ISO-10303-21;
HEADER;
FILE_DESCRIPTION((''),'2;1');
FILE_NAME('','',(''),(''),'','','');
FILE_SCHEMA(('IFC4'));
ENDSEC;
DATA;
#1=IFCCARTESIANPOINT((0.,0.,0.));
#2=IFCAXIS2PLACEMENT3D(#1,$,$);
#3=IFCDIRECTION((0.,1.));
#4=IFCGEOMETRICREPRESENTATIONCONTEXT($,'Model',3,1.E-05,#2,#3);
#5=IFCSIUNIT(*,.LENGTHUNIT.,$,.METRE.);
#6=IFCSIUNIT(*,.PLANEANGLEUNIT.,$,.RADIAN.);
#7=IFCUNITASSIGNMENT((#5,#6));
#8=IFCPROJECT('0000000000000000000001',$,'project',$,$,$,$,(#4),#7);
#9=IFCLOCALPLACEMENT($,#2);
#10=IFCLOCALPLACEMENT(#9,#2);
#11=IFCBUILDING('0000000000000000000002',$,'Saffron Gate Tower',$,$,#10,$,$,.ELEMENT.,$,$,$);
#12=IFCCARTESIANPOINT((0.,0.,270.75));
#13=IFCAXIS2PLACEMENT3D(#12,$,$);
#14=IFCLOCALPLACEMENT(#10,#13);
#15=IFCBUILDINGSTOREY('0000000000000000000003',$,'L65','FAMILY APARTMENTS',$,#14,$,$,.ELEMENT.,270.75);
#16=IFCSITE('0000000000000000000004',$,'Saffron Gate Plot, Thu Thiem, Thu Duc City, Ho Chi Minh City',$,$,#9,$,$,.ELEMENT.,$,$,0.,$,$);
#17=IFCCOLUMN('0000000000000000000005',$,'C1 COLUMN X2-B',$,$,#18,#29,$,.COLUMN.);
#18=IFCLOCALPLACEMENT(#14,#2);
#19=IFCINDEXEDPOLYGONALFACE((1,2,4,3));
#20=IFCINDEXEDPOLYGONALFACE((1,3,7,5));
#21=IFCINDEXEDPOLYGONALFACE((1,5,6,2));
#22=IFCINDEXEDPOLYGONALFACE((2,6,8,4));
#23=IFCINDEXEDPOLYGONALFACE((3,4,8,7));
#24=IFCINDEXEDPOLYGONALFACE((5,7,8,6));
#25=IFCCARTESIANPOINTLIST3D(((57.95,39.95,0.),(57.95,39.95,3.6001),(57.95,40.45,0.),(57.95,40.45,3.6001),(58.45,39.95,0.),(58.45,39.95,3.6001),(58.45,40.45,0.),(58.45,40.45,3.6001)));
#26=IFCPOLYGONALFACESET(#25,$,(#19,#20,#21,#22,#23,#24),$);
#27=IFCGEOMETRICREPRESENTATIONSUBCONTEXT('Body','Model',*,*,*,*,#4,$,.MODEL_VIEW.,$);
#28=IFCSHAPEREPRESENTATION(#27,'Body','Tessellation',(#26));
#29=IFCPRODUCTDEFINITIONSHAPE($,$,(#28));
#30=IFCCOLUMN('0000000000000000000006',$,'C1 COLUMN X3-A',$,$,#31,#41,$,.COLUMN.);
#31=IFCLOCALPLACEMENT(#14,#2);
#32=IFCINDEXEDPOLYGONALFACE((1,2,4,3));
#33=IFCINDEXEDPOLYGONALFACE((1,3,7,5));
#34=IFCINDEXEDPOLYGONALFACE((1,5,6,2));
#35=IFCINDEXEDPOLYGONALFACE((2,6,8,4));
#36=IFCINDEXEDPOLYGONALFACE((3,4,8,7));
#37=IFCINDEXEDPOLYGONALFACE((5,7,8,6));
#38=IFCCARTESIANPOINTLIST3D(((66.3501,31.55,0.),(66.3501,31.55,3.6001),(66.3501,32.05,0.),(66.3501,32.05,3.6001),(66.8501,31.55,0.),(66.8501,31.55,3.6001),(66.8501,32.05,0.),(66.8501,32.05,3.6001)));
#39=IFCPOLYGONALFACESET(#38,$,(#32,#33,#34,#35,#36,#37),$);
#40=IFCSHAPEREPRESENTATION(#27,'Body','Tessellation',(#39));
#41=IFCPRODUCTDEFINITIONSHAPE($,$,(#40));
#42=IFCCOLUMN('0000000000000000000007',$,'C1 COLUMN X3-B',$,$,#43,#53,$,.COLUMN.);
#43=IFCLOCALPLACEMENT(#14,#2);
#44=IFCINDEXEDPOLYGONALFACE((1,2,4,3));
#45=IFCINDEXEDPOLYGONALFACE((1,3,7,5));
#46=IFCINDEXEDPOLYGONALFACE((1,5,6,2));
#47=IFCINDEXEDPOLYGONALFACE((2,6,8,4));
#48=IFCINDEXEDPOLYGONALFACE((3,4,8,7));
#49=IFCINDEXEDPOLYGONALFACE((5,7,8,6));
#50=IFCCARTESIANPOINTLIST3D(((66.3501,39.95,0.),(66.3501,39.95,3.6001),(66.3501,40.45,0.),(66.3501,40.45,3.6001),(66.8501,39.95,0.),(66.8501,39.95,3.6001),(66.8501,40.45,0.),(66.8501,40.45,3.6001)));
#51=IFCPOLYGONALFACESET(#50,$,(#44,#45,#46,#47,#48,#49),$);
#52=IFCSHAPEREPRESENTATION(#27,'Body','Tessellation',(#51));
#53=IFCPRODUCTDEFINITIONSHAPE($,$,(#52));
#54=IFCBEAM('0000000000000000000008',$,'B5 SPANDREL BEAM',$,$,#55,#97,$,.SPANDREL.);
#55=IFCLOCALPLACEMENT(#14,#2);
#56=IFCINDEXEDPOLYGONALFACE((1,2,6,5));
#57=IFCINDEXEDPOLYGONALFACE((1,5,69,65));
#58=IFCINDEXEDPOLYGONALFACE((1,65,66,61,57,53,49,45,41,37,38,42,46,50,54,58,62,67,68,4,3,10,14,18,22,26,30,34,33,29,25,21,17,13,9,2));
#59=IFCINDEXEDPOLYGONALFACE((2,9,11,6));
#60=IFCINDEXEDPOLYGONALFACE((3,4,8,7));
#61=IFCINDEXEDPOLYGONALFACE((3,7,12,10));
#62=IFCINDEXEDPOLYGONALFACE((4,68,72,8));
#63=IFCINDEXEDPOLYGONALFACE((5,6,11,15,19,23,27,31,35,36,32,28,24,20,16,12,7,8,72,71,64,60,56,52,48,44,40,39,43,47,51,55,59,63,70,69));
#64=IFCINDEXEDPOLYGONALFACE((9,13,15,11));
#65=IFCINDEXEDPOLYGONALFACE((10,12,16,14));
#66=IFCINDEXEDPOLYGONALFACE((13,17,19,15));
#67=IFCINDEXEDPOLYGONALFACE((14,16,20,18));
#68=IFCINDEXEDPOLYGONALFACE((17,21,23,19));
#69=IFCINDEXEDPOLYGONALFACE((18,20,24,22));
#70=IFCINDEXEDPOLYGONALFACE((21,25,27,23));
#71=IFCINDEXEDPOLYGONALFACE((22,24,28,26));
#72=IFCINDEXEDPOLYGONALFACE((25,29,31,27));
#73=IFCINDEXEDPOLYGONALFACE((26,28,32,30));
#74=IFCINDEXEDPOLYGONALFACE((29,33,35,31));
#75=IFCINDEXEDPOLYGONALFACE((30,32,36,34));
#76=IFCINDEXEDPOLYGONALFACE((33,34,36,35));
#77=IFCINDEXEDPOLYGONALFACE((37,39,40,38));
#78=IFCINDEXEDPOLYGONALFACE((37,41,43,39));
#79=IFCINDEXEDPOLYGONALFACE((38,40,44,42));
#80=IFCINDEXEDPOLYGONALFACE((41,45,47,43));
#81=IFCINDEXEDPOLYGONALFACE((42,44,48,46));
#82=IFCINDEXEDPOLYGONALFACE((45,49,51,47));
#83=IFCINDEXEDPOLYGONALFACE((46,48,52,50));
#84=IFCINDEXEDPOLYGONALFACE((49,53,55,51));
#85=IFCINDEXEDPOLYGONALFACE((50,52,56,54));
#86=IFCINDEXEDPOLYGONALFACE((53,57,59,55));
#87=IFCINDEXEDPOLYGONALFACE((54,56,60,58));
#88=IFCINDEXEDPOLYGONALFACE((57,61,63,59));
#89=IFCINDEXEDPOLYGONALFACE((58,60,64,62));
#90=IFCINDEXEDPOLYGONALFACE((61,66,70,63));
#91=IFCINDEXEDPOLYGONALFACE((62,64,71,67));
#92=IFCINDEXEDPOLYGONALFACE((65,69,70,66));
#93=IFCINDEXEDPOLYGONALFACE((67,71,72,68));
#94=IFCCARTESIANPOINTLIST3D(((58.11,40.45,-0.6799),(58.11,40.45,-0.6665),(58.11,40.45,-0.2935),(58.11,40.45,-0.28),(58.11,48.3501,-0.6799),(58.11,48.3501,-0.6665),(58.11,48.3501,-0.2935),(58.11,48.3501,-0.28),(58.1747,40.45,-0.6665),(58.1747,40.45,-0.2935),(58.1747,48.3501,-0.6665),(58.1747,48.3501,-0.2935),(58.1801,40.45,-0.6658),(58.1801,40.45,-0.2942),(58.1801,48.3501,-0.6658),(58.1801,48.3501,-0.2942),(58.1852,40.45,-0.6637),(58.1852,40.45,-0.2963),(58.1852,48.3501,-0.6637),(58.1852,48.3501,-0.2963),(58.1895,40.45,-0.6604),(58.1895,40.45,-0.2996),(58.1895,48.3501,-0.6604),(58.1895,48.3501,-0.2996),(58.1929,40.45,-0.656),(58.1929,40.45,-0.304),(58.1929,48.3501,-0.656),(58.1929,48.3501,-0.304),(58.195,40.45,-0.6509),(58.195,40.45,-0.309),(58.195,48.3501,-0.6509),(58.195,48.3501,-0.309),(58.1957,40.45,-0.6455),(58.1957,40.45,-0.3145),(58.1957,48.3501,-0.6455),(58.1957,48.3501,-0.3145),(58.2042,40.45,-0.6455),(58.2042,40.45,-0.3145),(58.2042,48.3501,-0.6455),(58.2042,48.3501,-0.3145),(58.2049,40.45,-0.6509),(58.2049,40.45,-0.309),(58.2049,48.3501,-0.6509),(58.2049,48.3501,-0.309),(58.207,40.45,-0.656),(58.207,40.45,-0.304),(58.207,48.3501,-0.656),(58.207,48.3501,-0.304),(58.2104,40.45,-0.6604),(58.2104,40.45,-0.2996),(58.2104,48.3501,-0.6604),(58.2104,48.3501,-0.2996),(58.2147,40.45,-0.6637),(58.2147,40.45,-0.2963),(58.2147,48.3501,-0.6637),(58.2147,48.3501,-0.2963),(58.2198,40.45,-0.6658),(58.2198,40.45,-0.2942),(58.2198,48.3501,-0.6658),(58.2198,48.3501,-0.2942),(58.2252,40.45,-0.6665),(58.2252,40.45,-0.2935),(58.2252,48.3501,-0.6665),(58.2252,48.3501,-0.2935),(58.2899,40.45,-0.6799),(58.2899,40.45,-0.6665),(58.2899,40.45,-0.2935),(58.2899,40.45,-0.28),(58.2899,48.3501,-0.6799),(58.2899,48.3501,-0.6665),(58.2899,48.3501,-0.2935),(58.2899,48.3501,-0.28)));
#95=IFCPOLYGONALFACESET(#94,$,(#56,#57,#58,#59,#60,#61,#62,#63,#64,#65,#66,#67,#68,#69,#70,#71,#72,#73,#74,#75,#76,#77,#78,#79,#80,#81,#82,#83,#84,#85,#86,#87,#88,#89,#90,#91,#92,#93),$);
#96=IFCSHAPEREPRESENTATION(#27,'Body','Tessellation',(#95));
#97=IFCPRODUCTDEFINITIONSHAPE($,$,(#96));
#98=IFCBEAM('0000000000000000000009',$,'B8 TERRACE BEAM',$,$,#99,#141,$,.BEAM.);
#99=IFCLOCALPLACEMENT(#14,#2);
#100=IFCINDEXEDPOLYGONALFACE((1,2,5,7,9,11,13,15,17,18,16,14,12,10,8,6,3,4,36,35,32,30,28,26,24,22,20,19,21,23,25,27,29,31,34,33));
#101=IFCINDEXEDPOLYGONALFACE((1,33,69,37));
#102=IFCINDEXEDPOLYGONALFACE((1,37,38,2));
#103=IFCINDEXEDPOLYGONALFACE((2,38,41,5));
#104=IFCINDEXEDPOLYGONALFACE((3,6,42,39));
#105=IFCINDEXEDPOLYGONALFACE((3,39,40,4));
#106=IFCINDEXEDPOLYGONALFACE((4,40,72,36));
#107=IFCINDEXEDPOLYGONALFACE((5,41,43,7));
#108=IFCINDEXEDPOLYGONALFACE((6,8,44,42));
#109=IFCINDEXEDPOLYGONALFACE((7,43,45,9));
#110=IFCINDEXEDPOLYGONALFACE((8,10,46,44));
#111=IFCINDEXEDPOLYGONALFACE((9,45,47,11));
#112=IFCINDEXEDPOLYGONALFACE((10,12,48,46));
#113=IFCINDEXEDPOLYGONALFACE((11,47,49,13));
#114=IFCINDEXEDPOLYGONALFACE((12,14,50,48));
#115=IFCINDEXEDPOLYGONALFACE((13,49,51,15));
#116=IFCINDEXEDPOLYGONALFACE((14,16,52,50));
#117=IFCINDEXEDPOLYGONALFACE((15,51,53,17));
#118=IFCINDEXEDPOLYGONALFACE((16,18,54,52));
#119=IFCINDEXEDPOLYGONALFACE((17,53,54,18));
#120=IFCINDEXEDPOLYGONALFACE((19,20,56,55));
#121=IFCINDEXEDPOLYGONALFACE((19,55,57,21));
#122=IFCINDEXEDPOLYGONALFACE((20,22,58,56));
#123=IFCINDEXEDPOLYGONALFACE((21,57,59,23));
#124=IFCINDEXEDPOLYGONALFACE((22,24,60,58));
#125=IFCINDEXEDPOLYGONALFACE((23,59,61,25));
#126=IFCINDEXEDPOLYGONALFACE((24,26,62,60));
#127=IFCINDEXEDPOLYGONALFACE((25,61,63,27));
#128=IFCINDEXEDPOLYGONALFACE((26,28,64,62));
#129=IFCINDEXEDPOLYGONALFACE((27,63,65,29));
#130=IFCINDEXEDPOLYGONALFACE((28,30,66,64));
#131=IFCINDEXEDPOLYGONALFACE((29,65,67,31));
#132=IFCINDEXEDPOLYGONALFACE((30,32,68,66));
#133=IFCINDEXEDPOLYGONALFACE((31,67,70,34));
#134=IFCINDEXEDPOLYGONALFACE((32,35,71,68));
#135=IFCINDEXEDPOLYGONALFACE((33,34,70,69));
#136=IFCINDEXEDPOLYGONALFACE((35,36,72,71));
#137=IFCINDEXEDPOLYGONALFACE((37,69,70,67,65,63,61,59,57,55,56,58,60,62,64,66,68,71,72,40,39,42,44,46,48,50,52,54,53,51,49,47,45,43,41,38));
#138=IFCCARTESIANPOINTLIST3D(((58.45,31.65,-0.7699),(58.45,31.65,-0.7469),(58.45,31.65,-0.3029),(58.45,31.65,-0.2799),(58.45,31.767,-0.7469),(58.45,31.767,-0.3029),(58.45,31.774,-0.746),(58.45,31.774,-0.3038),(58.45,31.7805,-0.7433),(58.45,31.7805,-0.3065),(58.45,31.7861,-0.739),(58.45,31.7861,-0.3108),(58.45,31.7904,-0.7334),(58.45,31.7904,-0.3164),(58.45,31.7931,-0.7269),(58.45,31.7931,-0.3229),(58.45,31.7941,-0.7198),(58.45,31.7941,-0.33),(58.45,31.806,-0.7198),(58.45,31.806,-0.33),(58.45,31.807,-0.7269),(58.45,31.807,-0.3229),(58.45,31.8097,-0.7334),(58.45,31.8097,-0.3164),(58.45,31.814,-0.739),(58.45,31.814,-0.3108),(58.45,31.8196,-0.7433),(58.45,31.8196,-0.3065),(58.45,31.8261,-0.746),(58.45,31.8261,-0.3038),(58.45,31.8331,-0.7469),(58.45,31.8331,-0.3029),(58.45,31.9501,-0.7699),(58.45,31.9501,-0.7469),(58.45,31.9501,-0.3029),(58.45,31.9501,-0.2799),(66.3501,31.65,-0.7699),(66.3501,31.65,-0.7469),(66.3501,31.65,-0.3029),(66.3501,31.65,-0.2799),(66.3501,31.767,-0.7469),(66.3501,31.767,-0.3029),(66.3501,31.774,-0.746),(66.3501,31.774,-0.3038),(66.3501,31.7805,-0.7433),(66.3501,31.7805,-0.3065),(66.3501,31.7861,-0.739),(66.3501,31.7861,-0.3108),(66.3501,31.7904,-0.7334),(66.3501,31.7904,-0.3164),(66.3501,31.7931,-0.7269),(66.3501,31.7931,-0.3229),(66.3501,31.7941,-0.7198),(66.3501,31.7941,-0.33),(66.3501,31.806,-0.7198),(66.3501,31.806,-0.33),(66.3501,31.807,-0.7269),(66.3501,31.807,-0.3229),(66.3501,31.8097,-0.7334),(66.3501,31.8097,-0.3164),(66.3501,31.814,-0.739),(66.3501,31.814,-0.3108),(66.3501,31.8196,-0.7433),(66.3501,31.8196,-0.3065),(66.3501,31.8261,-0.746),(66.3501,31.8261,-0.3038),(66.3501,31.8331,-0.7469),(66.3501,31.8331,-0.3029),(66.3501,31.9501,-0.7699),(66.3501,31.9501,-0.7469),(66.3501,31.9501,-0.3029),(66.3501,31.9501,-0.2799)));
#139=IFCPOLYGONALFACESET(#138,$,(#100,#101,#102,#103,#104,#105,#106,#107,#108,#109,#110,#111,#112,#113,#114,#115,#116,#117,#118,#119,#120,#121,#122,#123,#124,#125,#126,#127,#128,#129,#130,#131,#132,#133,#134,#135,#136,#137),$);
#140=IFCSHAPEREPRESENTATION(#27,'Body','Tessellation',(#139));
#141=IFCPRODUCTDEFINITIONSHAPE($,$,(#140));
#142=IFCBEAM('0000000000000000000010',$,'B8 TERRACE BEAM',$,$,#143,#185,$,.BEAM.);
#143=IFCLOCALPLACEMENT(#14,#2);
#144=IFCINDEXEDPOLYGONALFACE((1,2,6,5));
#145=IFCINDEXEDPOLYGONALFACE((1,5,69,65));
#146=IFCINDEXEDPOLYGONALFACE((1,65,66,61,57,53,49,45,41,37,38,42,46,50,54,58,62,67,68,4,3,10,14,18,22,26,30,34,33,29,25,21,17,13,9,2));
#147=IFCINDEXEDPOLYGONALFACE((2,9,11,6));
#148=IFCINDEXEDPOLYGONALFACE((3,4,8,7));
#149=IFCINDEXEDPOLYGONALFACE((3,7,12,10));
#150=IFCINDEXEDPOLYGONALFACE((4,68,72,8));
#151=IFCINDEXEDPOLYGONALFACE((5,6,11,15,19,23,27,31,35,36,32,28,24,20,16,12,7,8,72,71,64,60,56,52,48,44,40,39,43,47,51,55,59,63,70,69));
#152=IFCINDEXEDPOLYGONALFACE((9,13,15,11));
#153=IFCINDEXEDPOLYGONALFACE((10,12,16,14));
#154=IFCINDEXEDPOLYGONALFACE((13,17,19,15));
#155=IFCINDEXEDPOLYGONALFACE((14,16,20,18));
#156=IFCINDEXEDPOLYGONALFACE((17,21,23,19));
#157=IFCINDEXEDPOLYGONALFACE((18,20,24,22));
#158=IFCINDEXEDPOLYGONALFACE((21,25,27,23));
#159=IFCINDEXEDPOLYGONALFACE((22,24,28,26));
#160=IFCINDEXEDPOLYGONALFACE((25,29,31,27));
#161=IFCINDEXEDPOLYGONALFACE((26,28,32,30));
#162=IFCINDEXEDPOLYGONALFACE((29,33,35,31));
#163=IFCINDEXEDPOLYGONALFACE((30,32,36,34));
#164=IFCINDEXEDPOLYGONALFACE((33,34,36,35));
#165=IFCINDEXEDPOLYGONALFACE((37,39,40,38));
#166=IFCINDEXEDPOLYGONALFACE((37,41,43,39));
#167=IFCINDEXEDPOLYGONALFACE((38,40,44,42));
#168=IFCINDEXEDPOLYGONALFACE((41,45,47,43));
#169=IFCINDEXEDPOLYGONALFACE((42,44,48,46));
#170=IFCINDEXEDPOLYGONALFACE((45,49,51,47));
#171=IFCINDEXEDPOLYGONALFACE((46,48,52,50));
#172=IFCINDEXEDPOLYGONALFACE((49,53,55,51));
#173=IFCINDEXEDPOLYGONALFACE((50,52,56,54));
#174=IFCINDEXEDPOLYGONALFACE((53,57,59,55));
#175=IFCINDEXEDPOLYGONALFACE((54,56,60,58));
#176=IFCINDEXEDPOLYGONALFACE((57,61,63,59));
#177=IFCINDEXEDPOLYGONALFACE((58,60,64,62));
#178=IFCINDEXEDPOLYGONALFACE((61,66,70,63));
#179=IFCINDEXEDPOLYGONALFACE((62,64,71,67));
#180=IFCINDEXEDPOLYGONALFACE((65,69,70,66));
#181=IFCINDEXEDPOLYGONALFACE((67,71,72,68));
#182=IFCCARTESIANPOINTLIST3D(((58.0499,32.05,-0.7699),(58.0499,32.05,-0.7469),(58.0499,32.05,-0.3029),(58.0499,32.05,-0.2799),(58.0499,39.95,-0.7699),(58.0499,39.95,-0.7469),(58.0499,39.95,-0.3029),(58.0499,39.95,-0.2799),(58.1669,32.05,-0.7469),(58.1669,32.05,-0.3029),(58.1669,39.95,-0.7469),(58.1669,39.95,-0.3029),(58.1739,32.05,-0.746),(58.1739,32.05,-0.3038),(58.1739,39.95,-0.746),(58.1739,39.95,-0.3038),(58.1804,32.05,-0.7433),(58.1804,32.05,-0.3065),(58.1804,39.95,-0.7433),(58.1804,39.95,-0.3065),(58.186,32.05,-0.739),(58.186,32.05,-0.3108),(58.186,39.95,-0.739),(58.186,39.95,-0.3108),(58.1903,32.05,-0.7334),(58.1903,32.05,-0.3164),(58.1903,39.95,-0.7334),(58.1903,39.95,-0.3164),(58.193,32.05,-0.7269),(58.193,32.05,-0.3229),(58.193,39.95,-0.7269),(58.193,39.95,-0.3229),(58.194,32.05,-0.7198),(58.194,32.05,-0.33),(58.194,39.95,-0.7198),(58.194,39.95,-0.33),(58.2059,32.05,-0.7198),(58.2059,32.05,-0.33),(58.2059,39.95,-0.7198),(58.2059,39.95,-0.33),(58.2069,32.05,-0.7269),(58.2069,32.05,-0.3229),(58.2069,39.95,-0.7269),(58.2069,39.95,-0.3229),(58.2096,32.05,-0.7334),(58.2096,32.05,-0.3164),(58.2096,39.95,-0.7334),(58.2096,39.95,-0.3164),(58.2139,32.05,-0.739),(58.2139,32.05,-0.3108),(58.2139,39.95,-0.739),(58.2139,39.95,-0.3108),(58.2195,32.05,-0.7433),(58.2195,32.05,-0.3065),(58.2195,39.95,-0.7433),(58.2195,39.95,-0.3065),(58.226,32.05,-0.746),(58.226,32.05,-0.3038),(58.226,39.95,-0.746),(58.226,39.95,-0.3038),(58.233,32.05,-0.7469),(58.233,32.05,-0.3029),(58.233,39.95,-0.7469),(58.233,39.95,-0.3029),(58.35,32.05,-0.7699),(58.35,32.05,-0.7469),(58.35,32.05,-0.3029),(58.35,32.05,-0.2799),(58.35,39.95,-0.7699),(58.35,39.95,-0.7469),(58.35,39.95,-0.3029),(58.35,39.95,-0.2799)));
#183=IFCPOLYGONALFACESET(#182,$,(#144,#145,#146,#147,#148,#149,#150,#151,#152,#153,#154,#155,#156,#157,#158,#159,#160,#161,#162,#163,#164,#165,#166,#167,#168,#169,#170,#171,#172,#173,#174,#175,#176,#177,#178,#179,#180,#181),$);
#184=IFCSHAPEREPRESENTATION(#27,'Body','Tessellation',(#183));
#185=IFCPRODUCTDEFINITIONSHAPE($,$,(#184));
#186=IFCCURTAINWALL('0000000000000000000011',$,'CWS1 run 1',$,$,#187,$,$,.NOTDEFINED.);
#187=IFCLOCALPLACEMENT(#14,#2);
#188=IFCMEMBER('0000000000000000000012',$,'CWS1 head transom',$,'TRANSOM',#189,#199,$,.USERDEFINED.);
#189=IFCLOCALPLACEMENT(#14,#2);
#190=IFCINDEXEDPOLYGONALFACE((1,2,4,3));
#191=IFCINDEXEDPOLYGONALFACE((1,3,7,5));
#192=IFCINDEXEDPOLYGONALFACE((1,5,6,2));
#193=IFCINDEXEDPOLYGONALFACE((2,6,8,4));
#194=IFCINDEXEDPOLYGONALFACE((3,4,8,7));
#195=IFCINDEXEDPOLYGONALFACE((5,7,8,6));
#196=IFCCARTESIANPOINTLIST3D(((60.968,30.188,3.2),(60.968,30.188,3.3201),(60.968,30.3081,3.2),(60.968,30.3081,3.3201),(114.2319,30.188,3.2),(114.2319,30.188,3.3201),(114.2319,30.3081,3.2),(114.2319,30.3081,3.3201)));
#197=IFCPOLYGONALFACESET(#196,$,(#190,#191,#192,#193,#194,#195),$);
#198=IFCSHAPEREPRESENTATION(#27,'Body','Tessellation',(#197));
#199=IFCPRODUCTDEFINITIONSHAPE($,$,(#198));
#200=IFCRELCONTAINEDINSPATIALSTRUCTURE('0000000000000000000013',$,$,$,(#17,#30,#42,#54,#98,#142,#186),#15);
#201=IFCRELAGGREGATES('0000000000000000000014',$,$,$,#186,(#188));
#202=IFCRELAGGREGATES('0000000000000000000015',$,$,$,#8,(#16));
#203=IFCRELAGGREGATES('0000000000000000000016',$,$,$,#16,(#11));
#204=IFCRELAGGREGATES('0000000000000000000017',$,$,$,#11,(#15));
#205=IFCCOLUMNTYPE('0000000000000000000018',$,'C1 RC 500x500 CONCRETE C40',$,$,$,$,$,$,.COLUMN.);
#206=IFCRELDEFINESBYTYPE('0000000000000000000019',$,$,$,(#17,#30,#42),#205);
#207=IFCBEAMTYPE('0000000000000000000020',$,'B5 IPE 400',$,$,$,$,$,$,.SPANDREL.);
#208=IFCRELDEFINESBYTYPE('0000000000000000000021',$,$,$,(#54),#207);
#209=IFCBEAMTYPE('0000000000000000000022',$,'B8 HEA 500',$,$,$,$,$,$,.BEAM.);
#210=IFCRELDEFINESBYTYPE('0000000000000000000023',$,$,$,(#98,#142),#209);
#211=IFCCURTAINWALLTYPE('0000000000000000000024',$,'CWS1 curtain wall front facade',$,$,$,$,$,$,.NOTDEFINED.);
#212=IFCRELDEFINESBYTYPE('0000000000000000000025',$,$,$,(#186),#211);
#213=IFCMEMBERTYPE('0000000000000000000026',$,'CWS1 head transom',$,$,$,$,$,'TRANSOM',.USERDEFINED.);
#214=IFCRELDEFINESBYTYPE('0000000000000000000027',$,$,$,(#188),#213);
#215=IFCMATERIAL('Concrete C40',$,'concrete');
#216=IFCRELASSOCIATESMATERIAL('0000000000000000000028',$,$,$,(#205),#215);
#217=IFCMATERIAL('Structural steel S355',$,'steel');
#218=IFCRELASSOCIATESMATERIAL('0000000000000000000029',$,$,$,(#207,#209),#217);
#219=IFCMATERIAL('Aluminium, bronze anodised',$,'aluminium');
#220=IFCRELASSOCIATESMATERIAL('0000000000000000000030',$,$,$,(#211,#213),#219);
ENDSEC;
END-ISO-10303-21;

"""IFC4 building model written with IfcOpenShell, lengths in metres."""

from ifc_helpers import new_model, si_unit, direction, frame, origin, origin_2d, place, context, subcontext, project, spatial, rectangle, i_section, extrude, material, material_profile, profile_set, type_object, element, aggregate, save


model = new_model("IFC4")

# Units and contexts
model_context = context("Model", 3, precision=1e-05, world=origin(), true_north=direction((0.0, 1.0)))
body_context = subcontext(model_context, "Body", "Model", "MODEL_VIEW")
ifc_project = project(units=[si_unit("LENGTHUNIT", "METRE"), si_unit("PLANEANGLEUNIT", "RADIAN")], contexts=[model_context])

# Site, building, storey
site_placement = place(None, origin())
site = spatial("IfcSite", under=ifc_project, at=site_placement, Name="Saffron Gate Plot, Thu Thiem, Thu Duc City, Ho Chi Minh City", CompositionType="ELEMENT", RefElevation=0.0)
building_placement = place(site_placement, origin())
building = spatial("IfcBuilding", under=site, at=building_placement, Name="Saffron Gate Tower", CompositionType="ELEMENT")
storey_placement = place(building_placement, frame((0.0, 0.0, 270.75)))
storey = spatial("IfcBuildingStorey", under=building, at=storey_placement, Name="L65", Description="FAMILY APARTMENTS", CompositionType="ELEMENT", Elevation=270.75)

# Columns
ifc_material_1 = material(Name="Concrete C40", Category="concrete")
ifc_material_profile_1 = material_profile(ifc_material_1, rectangle(XDim=0.5, YDim=0.5, at=origin_2d()))
ifc_profile_set_1 = profile_set([ifc_material_profile_1], Name="Concrete C40")
column_type = type_object("IfcColumnType", Name="C1 RC 500x500 CONCRETE C40", PredefinedType="COLUMN", material=ifc_profile_set_1)
for number, where, z_axis, x_axis, name in (
    (1, (58.2, 40.2, 0.0), (0.0, 0.0, 1.0), (1.0, 0.0, 0.0), "C1 COLUMN X2-B"),
    (2, (66.6001, 31.8, 0.0), (0.0, 0.0, 1.0), (1.0, 0.0, 0.0), "C1 COLUMN X3-A"),
    (3, (66.6001, 40.2, 0.0), (0.0, 0.0, 1.0), (1.0, 0.0, 0.0), "C1 COLUMN X3-B"),
):
    element("IfcColumn", number, at=place(storey_placement, frame(where, z_axis=z_axis, x_axis=x_axis)), inside=storey, type_object=column_type, Name=name, PredefinedType="COLUMN", context=body_context, shape_type="SweptSolid", body=[
        extrude(rectangle(XDim=0.5, YDim=0.5, at=origin_2d()), origin(), (0.0, 0.0, 1.0), 3.6001),
    ])

# Beams
ifc_material_2 = material(Name="Structural steel S355", Category="steel")
ifc_material_profile_2 = material_profile(ifc_material_2, i_section(OverallWidth=0.1799, OverallDepth=0.3999, WebThickness=0.0085, FlangeThickness=0.0134, FilletRadius=0.021, at=origin_2d()))
ifc_profile_set_2 = profile_set([ifc_material_profile_2], Name="Structural steel S355")
beam_type_1 = type_object("IfcBeamType", Name="B5 IPE 400", PredefinedType="SPANDREL", material=ifc_profile_set_2)
beam_1_placement = place(storey_placement, frame((58.2, 40.45, -0.48), z_axis=(0.0, 1.0, 0.0), x_axis=(-1.0, 0.0, 0.0)))
element("IfcBeam", 4, at=beam_1_placement, inside=storey, type_object=beam_type_1, Name="B5 SPANDREL BEAM", PredefinedType="SPANDREL", context=body_context, shape_type="SweptSolid", body=[
    extrude(i_section(OverallWidth=0.1799, OverallDepth=0.3999, WebThickness=0.0085, FlangeThickness=0.0134, FilletRadius=0.021, at=origin_2d()), origin(), (0.0, 0.0, 1.0), 7.9001),
])
ifc_material_profile_3 = material_profile(ifc_material_2, i_section(OverallWidth=0.3, OverallDepth=0.49, WebThickness=0.012, FlangeThickness=0.0229, FilletRadius=0.0271, at=origin_2d()))
ifc_profile_set_3 = profile_set([ifc_material_profile_3], Name="Structural steel S355")
beam_type_2 = type_object("IfcBeamType", Name="B8 HEA 500", PredefinedType="BEAM", material=ifc_profile_set_3)
beam_2_placement = place(storey_placement, frame((58.45, 31.8, -0.5249), z_axis=(1.0, 0.0, 0.0), x_axis=(0.0, 1.0, 0.0)))
element("IfcBeam", 5, at=beam_2_placement, inside=storey, type_object=beam_type_2, Name="B8 TERRACE BEAM", PredefinedType="BEAM", context=body_context, shape_type="SweptSolid", body=[
    extrude(i_section(OverallWidth=0.3, OverallDepth=0.49, WebThickness=0.012, FlangeThickness=0.0229, FilletRadius=0.0271, at=origin_2d()), origin(), (0.0, 0.0, 1.0), 7.9001),
])
beam_3_placement = place(storey_placement, frame((58.2, 32.05, -0.5249), z_axis=(0.0, 1.0, 0.0), x_axis=(-1.0, 0.0, 0.0)))
element("IfcBeam", 6, at=beam_3_placement, inside=storey, type_object=beam_type_2, Name="B8 TERRACE BEAM", PredefinedType="BEAM", context=body_context, shape_type="SweptSolid", body=[
    extrude(i_section(OverallWidth=0.3, OverallDepth=0.49, WebThickness=0.012, FlangeThickness=0.0229, FilletRadius=0.0271, at=origin_2d()), origin(), (0.0, 0.0, 1.0), 7.8999),
])

# Curtain wall, member
ifc_material_3 = material(Name="Aluminium, bronze anodised", Category="aluminium")
curtain_wall_type_1 = type_object("IfcCurtainWallType", Name="CWS1 curtain wall front facade", PredefinedType="NOTDEFINED", material=ifc_material_3)
curtain_wall_1_placement = place(storey_placement, origin())
curtain_wall_1 = element("IfcCurtainWall", 7, at=curtain_wall_1_placement, inside=storey, type_object=curtain_wall_type_1, Name="CWS1 run 1", PredefinedType="NOTDEFINED")
ifc_material_profile_4 = material_profile(ifc_material_3, rectangle(XDim=0.1201, YDim=0.1201, at=origin_2d()))
ifc_profile_set_4 = profile_set([ifc_material_profile_4], Name="Aluminium, bronze anodised")
member_type_1 = type_object("IfcMemberType", Name="CWS1 head transom", ElementType="TRANSOM", PredefinedType="USERDEFINED", material=ifc_profile_set_4)
member_1_placement = place(storey_placement, frame((60.968, 30.248, 3.26), z_axis=(1.0, 0.0, 0.0), x_axis=(0.0, 1.0, 0.0)))
member_1 = element("IfcMember", 8, at=member_1_placement, type_object=member_type_1, Name="CWS1 head transom", ObjectType="TRANSOM", PredefinedType="USERDEFINED", context=body_context, shape_type="SweptSolid", body=[
    extrude(rectangle(XDim=0.1201, YDim=0.1201, at=origin_2d()), origin(), (0.0, 0.0, 1.0), 53.2639),
])

aggregate(curtain_wall_1, [member_1])

save(model, "model.ifc")
